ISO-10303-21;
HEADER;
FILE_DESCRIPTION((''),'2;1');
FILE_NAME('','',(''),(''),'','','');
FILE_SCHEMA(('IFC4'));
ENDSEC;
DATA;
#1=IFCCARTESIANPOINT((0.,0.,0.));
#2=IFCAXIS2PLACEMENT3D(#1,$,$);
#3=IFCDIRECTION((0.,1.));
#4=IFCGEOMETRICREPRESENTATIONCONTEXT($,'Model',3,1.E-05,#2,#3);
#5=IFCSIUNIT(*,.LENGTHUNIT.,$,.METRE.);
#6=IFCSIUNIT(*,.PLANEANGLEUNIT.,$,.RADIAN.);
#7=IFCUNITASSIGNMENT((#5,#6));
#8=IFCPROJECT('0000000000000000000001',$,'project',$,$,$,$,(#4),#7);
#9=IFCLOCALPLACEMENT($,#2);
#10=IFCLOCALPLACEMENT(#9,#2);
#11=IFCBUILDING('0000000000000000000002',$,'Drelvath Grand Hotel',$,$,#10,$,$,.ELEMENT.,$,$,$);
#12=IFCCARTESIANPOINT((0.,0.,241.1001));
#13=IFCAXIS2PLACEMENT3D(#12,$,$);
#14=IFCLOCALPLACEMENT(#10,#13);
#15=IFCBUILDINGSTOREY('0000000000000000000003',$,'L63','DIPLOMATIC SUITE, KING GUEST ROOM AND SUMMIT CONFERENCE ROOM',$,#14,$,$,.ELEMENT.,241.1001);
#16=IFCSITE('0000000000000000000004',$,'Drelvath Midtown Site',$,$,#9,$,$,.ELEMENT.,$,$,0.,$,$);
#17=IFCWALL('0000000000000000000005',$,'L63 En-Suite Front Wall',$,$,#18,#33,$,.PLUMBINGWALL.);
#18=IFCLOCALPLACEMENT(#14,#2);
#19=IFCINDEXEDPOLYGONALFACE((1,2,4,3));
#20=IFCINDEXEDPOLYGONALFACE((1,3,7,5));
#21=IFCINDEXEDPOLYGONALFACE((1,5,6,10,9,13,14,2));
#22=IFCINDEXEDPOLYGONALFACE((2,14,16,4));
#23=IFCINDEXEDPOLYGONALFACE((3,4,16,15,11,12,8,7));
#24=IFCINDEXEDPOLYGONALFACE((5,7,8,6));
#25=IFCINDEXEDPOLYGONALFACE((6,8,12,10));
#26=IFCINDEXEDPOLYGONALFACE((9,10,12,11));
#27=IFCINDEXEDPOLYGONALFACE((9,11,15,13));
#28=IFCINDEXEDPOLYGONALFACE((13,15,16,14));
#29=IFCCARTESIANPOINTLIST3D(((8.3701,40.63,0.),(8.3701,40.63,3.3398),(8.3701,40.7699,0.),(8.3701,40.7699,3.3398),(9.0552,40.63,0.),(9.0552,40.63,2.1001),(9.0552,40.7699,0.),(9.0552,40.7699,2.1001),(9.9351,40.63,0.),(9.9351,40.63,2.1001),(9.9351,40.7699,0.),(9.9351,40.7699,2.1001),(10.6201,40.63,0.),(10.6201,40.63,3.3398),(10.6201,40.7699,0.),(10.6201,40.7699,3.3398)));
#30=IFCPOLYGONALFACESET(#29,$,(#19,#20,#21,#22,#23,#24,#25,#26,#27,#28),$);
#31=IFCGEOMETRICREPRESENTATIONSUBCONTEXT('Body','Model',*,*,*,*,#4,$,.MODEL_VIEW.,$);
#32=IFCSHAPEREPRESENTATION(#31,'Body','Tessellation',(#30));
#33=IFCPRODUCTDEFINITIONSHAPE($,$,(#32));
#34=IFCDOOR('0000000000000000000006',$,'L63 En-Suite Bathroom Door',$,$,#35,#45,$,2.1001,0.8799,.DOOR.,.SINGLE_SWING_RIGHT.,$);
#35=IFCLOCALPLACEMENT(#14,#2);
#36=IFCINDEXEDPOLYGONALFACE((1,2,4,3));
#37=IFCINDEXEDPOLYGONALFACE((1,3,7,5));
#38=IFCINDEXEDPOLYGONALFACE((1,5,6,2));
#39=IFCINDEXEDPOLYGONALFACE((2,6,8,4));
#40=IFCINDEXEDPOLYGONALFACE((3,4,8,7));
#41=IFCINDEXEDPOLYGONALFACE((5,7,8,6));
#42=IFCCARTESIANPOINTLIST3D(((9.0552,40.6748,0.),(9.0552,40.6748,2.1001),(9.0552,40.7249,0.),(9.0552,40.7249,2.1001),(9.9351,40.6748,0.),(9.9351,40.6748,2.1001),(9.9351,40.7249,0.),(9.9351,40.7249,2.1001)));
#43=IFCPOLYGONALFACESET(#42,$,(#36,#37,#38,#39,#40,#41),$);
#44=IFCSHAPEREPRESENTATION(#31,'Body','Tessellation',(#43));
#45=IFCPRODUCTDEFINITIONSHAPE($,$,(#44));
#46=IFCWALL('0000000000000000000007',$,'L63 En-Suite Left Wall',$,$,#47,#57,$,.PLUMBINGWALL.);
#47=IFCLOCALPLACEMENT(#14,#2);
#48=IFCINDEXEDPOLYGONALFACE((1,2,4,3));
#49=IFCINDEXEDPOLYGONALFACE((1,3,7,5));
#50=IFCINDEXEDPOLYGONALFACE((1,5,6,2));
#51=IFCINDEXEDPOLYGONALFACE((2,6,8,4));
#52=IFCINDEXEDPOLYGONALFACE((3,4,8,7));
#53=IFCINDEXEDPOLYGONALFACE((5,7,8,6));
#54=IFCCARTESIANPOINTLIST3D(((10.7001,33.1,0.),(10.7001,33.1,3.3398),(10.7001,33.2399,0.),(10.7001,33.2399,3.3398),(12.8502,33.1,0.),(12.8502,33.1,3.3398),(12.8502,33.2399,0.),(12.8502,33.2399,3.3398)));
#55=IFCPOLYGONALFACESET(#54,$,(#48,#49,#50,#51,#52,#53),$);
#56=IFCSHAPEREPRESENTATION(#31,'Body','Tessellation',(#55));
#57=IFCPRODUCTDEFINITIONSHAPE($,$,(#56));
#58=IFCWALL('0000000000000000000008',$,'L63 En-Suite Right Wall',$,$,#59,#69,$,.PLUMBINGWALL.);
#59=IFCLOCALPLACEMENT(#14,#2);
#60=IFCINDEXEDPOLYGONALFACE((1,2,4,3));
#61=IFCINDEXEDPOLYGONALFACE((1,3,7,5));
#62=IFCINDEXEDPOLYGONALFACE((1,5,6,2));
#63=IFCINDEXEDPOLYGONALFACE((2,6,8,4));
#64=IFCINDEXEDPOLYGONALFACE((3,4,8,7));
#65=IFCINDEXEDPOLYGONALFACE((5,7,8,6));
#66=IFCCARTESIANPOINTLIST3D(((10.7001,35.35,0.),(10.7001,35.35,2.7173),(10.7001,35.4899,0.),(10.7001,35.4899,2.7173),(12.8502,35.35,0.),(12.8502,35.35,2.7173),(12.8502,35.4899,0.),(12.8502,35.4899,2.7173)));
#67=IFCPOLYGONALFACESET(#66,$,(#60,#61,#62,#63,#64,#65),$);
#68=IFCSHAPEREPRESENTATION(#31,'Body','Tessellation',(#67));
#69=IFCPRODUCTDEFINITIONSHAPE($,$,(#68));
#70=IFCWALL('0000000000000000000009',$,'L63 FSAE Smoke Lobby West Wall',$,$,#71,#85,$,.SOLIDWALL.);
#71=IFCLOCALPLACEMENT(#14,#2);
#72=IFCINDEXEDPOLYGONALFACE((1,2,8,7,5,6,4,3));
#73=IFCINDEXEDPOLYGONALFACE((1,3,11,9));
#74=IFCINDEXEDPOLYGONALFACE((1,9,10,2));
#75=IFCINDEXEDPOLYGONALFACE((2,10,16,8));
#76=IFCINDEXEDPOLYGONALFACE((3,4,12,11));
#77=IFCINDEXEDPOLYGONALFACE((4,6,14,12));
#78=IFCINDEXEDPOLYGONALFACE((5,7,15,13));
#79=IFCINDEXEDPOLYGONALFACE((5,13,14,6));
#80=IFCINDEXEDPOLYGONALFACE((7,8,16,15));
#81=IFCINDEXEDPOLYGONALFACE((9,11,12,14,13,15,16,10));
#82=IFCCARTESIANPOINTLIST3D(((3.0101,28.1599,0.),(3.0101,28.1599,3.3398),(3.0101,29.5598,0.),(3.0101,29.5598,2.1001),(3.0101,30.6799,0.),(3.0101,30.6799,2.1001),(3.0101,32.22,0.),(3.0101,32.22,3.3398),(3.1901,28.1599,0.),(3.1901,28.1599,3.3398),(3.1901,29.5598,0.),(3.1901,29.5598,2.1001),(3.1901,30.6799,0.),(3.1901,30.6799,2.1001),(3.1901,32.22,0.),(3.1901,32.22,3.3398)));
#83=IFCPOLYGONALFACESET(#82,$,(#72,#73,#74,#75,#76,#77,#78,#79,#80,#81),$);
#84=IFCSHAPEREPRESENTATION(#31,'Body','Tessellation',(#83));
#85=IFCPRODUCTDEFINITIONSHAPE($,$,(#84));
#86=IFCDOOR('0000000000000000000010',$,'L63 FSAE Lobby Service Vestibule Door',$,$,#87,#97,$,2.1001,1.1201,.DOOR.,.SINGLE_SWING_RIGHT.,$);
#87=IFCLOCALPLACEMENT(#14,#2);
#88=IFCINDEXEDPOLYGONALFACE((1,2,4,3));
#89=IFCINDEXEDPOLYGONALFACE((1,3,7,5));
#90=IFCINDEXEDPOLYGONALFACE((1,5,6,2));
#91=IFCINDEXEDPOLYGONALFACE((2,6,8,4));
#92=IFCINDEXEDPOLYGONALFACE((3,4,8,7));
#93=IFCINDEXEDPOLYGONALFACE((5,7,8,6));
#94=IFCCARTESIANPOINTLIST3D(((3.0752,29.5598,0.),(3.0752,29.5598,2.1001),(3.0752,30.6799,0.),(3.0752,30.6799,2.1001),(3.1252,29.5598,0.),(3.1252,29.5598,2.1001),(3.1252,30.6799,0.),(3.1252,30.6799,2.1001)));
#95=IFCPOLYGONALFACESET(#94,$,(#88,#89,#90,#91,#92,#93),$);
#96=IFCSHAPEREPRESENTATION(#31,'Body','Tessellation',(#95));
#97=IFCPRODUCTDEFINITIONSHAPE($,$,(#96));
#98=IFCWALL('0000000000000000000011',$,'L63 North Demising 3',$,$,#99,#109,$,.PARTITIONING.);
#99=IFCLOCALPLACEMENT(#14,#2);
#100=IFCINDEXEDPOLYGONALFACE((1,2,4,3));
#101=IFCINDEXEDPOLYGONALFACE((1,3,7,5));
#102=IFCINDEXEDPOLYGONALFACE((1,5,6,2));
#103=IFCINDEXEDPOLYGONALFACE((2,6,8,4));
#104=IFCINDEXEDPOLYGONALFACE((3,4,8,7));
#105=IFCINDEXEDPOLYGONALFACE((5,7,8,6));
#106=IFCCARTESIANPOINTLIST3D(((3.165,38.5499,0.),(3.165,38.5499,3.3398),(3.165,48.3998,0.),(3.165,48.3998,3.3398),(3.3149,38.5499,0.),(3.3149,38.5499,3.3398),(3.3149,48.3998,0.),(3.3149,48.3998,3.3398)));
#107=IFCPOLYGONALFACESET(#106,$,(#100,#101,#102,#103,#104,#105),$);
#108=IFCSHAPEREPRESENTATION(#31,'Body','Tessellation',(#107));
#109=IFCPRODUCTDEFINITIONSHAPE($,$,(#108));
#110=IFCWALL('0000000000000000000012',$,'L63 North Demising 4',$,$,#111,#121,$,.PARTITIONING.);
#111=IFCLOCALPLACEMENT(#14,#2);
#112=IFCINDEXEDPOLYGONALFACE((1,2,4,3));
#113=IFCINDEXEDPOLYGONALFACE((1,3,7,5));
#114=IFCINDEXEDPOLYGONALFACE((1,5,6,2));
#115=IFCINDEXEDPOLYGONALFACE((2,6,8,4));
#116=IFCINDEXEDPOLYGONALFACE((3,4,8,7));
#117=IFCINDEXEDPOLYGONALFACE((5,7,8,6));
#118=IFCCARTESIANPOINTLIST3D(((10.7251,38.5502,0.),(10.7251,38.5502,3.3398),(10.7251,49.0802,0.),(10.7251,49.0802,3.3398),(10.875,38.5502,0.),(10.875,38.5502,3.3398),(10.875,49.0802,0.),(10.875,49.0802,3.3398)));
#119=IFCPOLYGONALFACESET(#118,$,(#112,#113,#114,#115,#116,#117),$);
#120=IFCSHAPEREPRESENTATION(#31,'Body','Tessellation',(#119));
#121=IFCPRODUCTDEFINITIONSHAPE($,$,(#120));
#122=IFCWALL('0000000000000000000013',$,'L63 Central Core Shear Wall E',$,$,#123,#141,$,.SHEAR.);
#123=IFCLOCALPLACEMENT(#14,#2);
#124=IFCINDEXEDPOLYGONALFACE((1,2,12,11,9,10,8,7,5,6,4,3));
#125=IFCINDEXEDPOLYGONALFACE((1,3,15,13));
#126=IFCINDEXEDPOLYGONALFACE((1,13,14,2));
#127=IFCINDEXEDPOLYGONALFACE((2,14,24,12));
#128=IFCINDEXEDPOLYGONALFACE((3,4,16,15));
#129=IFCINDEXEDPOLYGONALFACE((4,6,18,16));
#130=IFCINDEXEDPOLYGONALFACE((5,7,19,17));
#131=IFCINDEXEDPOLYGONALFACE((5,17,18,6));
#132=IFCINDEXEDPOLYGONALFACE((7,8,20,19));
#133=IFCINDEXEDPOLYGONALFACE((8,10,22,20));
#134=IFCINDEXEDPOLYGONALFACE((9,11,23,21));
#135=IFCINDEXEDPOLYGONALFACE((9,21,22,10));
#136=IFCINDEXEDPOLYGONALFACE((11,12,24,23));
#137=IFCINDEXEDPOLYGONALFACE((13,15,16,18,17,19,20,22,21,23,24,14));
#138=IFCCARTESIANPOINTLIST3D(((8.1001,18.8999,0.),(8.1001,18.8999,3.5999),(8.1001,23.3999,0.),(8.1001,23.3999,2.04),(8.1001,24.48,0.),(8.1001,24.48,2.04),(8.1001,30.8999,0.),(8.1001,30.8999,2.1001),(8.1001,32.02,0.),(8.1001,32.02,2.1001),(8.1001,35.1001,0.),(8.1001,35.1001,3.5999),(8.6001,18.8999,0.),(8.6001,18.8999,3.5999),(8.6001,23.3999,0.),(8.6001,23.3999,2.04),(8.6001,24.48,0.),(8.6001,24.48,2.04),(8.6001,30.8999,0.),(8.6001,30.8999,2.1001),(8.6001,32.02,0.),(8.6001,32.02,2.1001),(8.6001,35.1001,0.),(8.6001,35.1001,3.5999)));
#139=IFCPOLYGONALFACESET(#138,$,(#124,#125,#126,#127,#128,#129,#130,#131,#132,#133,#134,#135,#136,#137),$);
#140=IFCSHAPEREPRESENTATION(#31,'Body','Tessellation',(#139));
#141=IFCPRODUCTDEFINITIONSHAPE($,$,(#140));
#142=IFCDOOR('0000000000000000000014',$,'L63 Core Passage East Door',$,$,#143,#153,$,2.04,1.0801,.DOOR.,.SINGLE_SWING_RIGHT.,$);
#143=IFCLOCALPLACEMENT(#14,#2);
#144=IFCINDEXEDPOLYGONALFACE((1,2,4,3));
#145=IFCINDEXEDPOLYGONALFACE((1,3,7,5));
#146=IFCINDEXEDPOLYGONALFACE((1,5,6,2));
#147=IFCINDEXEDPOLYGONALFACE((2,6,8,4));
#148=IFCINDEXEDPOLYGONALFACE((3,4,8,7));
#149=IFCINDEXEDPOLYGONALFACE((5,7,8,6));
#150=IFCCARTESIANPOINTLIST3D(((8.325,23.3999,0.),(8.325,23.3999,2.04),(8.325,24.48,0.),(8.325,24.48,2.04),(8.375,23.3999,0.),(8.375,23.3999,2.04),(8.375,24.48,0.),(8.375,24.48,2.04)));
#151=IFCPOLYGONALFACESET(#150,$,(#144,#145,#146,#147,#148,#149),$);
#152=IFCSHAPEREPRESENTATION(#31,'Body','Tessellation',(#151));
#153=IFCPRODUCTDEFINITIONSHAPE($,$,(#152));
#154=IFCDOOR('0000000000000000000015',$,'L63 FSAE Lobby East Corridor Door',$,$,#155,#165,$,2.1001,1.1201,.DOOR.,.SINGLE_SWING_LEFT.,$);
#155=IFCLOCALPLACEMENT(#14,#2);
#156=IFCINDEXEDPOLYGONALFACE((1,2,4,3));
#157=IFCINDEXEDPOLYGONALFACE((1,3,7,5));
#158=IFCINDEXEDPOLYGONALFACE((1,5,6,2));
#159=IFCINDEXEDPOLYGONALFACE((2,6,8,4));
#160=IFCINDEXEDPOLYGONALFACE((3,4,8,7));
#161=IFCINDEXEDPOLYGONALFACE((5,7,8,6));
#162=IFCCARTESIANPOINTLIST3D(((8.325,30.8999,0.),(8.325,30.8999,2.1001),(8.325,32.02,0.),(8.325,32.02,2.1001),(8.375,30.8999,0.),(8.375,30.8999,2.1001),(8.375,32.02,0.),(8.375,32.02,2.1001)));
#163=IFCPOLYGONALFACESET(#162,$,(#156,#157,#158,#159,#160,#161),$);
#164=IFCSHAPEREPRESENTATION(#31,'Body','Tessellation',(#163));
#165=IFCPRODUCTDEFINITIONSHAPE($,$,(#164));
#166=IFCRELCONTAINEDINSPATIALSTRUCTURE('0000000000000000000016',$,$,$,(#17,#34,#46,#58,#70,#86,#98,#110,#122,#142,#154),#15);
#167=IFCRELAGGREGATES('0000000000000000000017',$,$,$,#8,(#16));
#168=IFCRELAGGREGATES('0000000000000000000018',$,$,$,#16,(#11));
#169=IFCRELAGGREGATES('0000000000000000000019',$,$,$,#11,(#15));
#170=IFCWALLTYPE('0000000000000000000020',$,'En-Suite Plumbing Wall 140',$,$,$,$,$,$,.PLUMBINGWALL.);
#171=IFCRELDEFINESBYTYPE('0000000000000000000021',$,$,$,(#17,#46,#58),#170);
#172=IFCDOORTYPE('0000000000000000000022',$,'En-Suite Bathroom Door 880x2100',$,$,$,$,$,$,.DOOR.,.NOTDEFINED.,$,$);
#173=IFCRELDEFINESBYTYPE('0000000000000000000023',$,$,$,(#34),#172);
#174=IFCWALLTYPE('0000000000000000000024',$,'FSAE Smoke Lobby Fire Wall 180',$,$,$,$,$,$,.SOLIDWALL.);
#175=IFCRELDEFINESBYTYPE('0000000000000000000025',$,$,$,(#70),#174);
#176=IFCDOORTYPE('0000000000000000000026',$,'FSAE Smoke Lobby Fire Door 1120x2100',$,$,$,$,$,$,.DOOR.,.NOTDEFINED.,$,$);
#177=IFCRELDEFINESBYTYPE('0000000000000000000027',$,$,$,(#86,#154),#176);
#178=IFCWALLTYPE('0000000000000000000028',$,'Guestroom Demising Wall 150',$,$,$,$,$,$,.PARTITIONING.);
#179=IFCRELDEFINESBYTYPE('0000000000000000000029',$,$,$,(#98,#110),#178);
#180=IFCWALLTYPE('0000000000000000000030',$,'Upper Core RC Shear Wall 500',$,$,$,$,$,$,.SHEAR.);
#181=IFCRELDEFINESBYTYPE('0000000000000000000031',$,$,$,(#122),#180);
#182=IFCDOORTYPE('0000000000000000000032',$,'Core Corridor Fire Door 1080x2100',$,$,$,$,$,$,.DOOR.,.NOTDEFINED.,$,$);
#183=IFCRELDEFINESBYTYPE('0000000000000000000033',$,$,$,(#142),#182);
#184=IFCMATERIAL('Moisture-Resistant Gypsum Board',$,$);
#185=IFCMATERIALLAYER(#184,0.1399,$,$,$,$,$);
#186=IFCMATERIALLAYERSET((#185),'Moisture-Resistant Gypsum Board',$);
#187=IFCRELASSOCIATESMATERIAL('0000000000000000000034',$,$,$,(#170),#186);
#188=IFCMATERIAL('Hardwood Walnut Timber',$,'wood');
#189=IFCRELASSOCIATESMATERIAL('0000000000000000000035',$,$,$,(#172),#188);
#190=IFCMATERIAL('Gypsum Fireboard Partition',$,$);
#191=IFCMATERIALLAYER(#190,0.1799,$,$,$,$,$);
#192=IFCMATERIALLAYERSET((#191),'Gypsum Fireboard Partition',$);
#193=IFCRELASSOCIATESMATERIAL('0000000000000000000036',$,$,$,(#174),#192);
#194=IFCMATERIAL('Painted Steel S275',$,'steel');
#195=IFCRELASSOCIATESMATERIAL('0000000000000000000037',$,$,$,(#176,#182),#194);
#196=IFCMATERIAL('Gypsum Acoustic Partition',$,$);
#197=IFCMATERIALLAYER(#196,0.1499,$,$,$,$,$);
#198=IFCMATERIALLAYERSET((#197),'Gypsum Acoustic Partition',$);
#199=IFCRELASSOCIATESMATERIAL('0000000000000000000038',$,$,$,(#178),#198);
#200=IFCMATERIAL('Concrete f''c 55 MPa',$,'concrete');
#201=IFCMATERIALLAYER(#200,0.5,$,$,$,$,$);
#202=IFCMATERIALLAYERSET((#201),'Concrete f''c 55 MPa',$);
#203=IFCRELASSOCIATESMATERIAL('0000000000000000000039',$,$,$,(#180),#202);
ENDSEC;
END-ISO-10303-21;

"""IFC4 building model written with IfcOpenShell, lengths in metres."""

from ifc_helpers import new_model, si_unit, direction, frame, frame_2d, origin, place, context, subcontext, project, spatial, rectangle, extrude, material, layer, layer_set, type_object, element, fill, save


model = new_model("IFC4")

# Units and contexts
model_context = context("Model", 3, precision=1e-05, world=origin(), true_north=direction((0.0, 1.0)))
body_context = subcontext(model_context, "Body", "Model", "MODEL_VIEW")
ifc_project = project(units=[si_unit("LENGTHUNIT", "METRE"), si_unit("PLANEANGLEUNIT", "RADIAN")], contexts=[model_context])

# Site, building, storey
site_placement = place(None, origin())
site = spatial("IfcSite", under=ifc_project, at=site_placement, Name="Drelvath Midtown Site", CompositionType="ELEMENT", RefElevation=0.0)
building_placement = place(site_placement, origin())
building = spatial("IfcBuilding", under=site, at=building_placement, Name="Drelvath Grand Hotel", CompositionType="ELEMENT")
storey_placement = place(building_placement, frame((0.0, 0.0, 241.1001)))
storey = spatial("IfcBuildingStorey", under=building, at=storey_placement, Name="L63", Description="DIPLOMATIC SUITE, KING GUEST ROOM AND SUMMIT CONFERENCE ROOM", CompositionType="ELEMENT", Elevation=241.1001)

# Shared definitions
ifc_material_1 = material(Name="Concrete f'c 55 MPa", Category="concrete")

# Shared definitions
ifc_material_2 = material(Name="Painted Steel S275", Category="steel")

# Shared definitions
ifc_material_3 = material(Name="Gypsum Fireboard Partition")
ifc_material_4 = material(Name="Moisture-Resistant Gypsum Board")
ifc_layer_1 = layer(ifc_material_4, 0.1399)
ifc_layer_set_1 = layer_set([ifc_layer_1], Name="Moisture-Resistant Gypsum Board")
wall_type_1 = type_object("IfcWallType", Name="En-Suite Plumbing Wall 140", PredefinedType="PLUMBINGWALL", material=ifc_layer_set_1)

# Wall, opening, door
wall_1_placement = place(storey_placement, frame((8.3701, 40.7, 0.0), z_axis=(0.0, 0.0, 1.0), x_axis=(1.0, 0.0, 0.0)))
wall_1 = element("IfcWall", 1, at=wall_1_placement, inside=storey, type_object=wall_type_1, Name="L63 En-Suite Front Wall", PredefinedType="PLUMBINGWALL", context=body_context, shape_type="SweptSolid", body=[
    extrude(rectangle(XDim=2.25, YDim=0.1399, at=frame_2d((1.125, 0.0))), origin(), (0.0, 0.0, 1.0), 3.3398),
])
opening_1_placement = place(wall_1_placement, frame((0.6851, 0.0, 0.0)))
opening_1 = element("IfcOpeningElement", 2, at=opening_1_placement, cuts=wall_1, PredefinedType="OPENING", context=body_context, shape_type="SweptSolid", body=[
    extrude(rectangle(XDim=0.8799, YDim=2.1001, at=frame_2d((0.4399, 1.05))), frame((0.0, 0.0798, 0.0), z_axis=(0.0, -1.0, 0.0), x_axis=(1.0, 0.0, 0.0)), (0.0, 0.0, 1.0), 0.1599),
])
ifc_material_5 = material(Name="Hardwood Walnut Timber", Category="wood")
door_type_1 = type_object("IfcDoorType", Name="En-Suite Bathroom Door 880x2100", OperationType="NOTDEFINED", PredefinedType="DOOR", material=ifc_material_5)
door_1_placement = place(opening_1_placement, origin())
door_1 = element("IfcDoor", 3, at=door_1_placement, inside=storey, type_object=door_type_1, Name="L63 En-Suite Bathroom Door", OperationType="SINGLE_SWING_RIGHT", OverallHeight=2.1001, OverallWidth=0.8799, PredefinedType="DOOR", context=body_context, shape_type="SweptSolid", body=[
    extrude(rectangle(XDim=0.8799, YDim=2.1001, at=frame_2d((0.4399, 1.05))), frame((0.0, 0.0249, 0.0), z_axis=(0.0, -1.0, 0.0), x_axis=(1.0, 0.0, 0.0)), (0.0, 0.0, 1.0), 0.05),
])
fill(opening_1, door_1)

# Walls
wall_2_placement = place(storey_placement, frame((10.7, 33.1699, 0.0), z_axis=(0.0, 0.0, 1.0), x_axis=(1.0, 0.0, 0.0)))
element("IfcWall", 4, at=wall_2_placement, inside=storey, type_object=wall_type_1, Name="L63 En-Suite Left Wall", PredefinedType="PLUMBINGWALL", context=body_context, shape_type="SweptSolid", body=[
    extrude(rectangle(XDim=2.1501, YDim=0.1399, at=frame_2d((1.0752, 0.0))), origin(), (0.0, 0.0, 1.0), 3.3398),
])
wall_3_placement = place(storey_placement, frame((10.7, 35.4199, 0.0), z_axis=(0.0, 0.0, 1.0), x_axis=(1.0, 0.0, 0.0)))
element("IfcWall", 5, at=wall_3_placement, inside=storey, type_object=wall_type_1, Name="L63 En-Suite Right Wall", PredefinedType="PLUMBINGWALL", context=body_context, shape_type="SweptSolid", body=[
    extrude(rectangle(XDim=2.1501, YDim=0.1399, at=frame_2d((1.0752, 0.0))), origin(), (0.0, 0.0, 1.0), 2.7173),
])

# Wall, opening, door
ifc_layer_2 = layer(ifc_material_3, 0.1799)
ifc_layer_set_2 = layer_set([ifc_layer_2], Name="Gypsum Fireboard Partition")
wall_type_2 = type_object("IfcWallType", Name="FSAE Smoke Lobby Fire Wall 180", PredefinedType="SOLIDWALL", material=ifc_layer_set_2)
wall_4_placement = place(storey_placement, frame((3.1001, 28.1599, 0.0), z_axis=(0.0, 0.0, 1.0), x_axis=(0.0, 1.0, 0.0)))
wall_4 = element("IfcWall", 6, at=wall_4_placement, inside=storey, type_object=wall_type_2, Name="L63 FSAE Smoke Lobby West Wall", PredefinedType="SOLIDWALL", context=body_context, shape_type="SweptSolid", body=[
    extrude(rectangle(XDim=4.0601, YDim=0.1799, at=frame_2d((2.03, 0.0))), origin(), (0.0, 0.0, 1.0), 3.3398),
])
opening_2_placement = place(wall_4_placement, frame((1.3999, 0.0, 0.0)))
opening_2 = element("IfcOpeningElement", 7, at=opening_2_placement, cuts=wall_4, PredefinedType="OPENING", context=body_context, shape_type="SweptSolid", body=[
    extrude(rectangle(XDim=1.1201, YDim=2.1001, at=frame_2d((0.5601, 1.05))), frame((0.0, 0.0999, 0.0), z_axis=(0.0, -1.0, 0.0), x_axis=(1.0, 0.0, 0.0)), (0.0, 0.0, 1.0), 0.2),
])
door_type_2 = type_object("IfcDoorType", Name="FSAE Smoke Lobby Fire Door 1120x2100", OperationType="NOTDEFINED", PredefinedType="DOOR", material=ifc_material_2)
door_2_placement = place(opening_2_placement, origin())
door_2 = element("IfcDoor", 8, at=door_2_placement, inside=storey, type_object=door_type_2, Name="L63 FSAE Lobby Service Vestibule Door", OperationType="SINGLE_SWING_RIGHT", OverallHeight=2.1001, OverallWidth=1.1201, PredefinedType="DOOR", context=body_context, shape_type="SweptSolid", body=[
    extrude(rectangle(XDim=1.1201, YDim=2.1001, at=frame_2d((0.5601, 1.05))), frame((0.0, 0.0249, 0.0), z_axis=(0.0, -1.0, 0.0), x_axis=(1.0, 0.0, 0.0)), (0.0, 0.0, 1.0), 0.05),
])
fill(opening_2, door_2)

# Walls
ifc_material_6 = material(Name="Gypsum Acoustic Partition")
ifc_layer_3 = layer(ifc_material_6, 0.1499)
ifc_layer_set_3 = layer_set([ifc_layer_3], Name="Gypsum Acoustic Partition")
wall_type_3 = type_object("IfcWallType", Name="Guestroom Demising Wall 150", PredefinedType="PARTITIONING", material=ifc_layer_set_3)
wall_5_placement = place(storey_placement, frame((3.24, 38.55, 0.0), z_axis=(0.0, 0.0, 1.0), x_axis=(0.0, 1.0, 0.0)))
element("IfcWall", 9, at=wall_5_placement, inside=storey, type_object=wall_type_3, Name="L63 North Demising 3", PredefinedType="PARTITIONING", context=body_context, shape_type="SweptSolid", body=[
    extrude(rectangle(XDim=9.8499, YDim=0.1499, at=frame_2d((4.9248, 0.0))), origin(), (0.0, 0.0, 1.0), 3.3398),
])
wall_6_placement = place(storey_placement, frame((10.8, 38.55, 0.0), z_axis=(0.0, 0.0, 1.0), x_axis=(0.0, 1.0, 0.0)))
element("IfcWall", 10, at=wall_6_placement, inside=storey, type_object=wall_type_3, Name="L63 North Demising 4", PredefinedType="PARTITIONING", context=body_context, shape_type="SweptSolid", body=[
    extrude(rectangle(XDim=10.53, YDim=0.1499, at=frame_2d((5.2651, 0.0))), origin(), (0.0, 0.0, 1.0), 3.3398),
])

# Wall, openings, doors
ifc_layer_4 = layer(ifc_material_1, 0.5)
ifc_layer_set_4 = layer_set([ifc_layer_4], Name="Concrete f'c 55 MPa")
wall_type_4 = type_object("IfcWallType", Name="Upper Core RC Shear Wall 500", PredefinedType="SHEAR", material=ifc_layer_set_4)
wall_7_placement = place(storey_placement, frame((8.3501, 35.1001, 0.0), z_axis=(0.0, 0.0, 1.0), x_axis=(0.0, -1.0, 0.0)))
wall_7 = element("IfcWall", 11, at=wall_7_placement, inside=storey, type_object=wall_type_4, Name="L63 Central Core Shear Wall E", PredefinedType="SHEAR", context=body_context, shape_type="SweptSolid", body=[
    extrude(rectangle(XDim=16.2002, YDim=0.5, at=frame_2d((8.1001, 0.0))), origin(), (0.0, 0.0, 1.0), 3.5999),
])
opening_3_placement = place(wall_7_placement, frame((3.0801, 0.0, 0.0)))
opening_3 = element("IfcOpeningElement", 12, at=opening_3_placement, cuts=wall_7, PredefinedType="OPENING", context=body_context, shape_type="SweptSolid", body=[
    extrude(rectangle(XDim=1.1201, YDim=2.1001, at=frame_2d((0.5601, 1.05))), frame((0.0, 0.26, 0.0), z_axis=(0.0, -1.0, 0.0), x_axis=(1.0, 0.0, 0.0)), (0.0, 0.0, 1.0), 0.52),
])
opening_4_placement = place(wall_7_placement, frame((10.6201, 0.0, 0.0)))
opening_4 = element("IfcOpeningElement", 13, at=opening_4_placement, cuts=wall_7, PredefinedType="OPENING", context=body_context, shape_type="SweptSolid", body=[
    extrude(rectangle(XDim=1.0801, YDim=2.04, at=frame_2d((0.54, 1.02))), frame((0.0, 0.26, 0.0), z_axis=(0.0, -1.0, 0.0), x_axis=(1.0, 0.0, 0.0)), (0.0, 0.0, 1.0), 0.52),
])
door_type_3 = type_object("IfcDoorType", Name="Core Corridor Fire Door 1080x2100", OperationType="NOTDEFINED", PredefinedType="DOOR", material=ifc_material_2)
door_3_placement = place(opening_4_placement, origin())
door_3 = element("IfcDoor", 14, at=door_3_placement, inside=storey, type_object=door_type_3, Name="L63 Core Passage East Door", OperationType="SINGLE_SWING_RIGHT", OverallHeight=2.04, OverallWidth=1.0801, PredefinedType="DOOR", context=body_context, shape_type="SweptSolid", body=[
    extrude(rectangle(XDim=1.0801, YDim=2.04, at=frame_2d((0.54, 1.02))), frame((0.0, 0.0249, 0.0), z_axis=(0.0, -1.0, 0.0), x_axis=(1.0, 0.0, 0.0)), (0.0, 0.0, 1.0), 0.05),
])
fill(opening_4, door_3)
door_4_placement = place(opening_3_placement, origin())
door_4 = element("IfcDoor", 15, at=door_4_placement, inside=storey, type_object=door_type_2, Name="L63 FSAE Lobby East Corridor Door", OperationType="SINGLE_SWING_LEFT", OverallHeight=2.1001, OverallWidth=1.1201, PredefinedType="DOOR", context=body_context, shape_type="SweptSolid", body=[
    extrude(rectangle(XDim=1.1201, YDim=2.1001, at=frame_2d((0.5601, 1.05))), frame((0.0, 0.0249, 0.0), z_axis=(0.0, -1.0, 0.0), x_axis=(1.0, 0.0, 0.0)), (0.0, 0.0, 1.0), 0.05),
])
fill(opening_3, door_4)

save(model, "model.ifc")
